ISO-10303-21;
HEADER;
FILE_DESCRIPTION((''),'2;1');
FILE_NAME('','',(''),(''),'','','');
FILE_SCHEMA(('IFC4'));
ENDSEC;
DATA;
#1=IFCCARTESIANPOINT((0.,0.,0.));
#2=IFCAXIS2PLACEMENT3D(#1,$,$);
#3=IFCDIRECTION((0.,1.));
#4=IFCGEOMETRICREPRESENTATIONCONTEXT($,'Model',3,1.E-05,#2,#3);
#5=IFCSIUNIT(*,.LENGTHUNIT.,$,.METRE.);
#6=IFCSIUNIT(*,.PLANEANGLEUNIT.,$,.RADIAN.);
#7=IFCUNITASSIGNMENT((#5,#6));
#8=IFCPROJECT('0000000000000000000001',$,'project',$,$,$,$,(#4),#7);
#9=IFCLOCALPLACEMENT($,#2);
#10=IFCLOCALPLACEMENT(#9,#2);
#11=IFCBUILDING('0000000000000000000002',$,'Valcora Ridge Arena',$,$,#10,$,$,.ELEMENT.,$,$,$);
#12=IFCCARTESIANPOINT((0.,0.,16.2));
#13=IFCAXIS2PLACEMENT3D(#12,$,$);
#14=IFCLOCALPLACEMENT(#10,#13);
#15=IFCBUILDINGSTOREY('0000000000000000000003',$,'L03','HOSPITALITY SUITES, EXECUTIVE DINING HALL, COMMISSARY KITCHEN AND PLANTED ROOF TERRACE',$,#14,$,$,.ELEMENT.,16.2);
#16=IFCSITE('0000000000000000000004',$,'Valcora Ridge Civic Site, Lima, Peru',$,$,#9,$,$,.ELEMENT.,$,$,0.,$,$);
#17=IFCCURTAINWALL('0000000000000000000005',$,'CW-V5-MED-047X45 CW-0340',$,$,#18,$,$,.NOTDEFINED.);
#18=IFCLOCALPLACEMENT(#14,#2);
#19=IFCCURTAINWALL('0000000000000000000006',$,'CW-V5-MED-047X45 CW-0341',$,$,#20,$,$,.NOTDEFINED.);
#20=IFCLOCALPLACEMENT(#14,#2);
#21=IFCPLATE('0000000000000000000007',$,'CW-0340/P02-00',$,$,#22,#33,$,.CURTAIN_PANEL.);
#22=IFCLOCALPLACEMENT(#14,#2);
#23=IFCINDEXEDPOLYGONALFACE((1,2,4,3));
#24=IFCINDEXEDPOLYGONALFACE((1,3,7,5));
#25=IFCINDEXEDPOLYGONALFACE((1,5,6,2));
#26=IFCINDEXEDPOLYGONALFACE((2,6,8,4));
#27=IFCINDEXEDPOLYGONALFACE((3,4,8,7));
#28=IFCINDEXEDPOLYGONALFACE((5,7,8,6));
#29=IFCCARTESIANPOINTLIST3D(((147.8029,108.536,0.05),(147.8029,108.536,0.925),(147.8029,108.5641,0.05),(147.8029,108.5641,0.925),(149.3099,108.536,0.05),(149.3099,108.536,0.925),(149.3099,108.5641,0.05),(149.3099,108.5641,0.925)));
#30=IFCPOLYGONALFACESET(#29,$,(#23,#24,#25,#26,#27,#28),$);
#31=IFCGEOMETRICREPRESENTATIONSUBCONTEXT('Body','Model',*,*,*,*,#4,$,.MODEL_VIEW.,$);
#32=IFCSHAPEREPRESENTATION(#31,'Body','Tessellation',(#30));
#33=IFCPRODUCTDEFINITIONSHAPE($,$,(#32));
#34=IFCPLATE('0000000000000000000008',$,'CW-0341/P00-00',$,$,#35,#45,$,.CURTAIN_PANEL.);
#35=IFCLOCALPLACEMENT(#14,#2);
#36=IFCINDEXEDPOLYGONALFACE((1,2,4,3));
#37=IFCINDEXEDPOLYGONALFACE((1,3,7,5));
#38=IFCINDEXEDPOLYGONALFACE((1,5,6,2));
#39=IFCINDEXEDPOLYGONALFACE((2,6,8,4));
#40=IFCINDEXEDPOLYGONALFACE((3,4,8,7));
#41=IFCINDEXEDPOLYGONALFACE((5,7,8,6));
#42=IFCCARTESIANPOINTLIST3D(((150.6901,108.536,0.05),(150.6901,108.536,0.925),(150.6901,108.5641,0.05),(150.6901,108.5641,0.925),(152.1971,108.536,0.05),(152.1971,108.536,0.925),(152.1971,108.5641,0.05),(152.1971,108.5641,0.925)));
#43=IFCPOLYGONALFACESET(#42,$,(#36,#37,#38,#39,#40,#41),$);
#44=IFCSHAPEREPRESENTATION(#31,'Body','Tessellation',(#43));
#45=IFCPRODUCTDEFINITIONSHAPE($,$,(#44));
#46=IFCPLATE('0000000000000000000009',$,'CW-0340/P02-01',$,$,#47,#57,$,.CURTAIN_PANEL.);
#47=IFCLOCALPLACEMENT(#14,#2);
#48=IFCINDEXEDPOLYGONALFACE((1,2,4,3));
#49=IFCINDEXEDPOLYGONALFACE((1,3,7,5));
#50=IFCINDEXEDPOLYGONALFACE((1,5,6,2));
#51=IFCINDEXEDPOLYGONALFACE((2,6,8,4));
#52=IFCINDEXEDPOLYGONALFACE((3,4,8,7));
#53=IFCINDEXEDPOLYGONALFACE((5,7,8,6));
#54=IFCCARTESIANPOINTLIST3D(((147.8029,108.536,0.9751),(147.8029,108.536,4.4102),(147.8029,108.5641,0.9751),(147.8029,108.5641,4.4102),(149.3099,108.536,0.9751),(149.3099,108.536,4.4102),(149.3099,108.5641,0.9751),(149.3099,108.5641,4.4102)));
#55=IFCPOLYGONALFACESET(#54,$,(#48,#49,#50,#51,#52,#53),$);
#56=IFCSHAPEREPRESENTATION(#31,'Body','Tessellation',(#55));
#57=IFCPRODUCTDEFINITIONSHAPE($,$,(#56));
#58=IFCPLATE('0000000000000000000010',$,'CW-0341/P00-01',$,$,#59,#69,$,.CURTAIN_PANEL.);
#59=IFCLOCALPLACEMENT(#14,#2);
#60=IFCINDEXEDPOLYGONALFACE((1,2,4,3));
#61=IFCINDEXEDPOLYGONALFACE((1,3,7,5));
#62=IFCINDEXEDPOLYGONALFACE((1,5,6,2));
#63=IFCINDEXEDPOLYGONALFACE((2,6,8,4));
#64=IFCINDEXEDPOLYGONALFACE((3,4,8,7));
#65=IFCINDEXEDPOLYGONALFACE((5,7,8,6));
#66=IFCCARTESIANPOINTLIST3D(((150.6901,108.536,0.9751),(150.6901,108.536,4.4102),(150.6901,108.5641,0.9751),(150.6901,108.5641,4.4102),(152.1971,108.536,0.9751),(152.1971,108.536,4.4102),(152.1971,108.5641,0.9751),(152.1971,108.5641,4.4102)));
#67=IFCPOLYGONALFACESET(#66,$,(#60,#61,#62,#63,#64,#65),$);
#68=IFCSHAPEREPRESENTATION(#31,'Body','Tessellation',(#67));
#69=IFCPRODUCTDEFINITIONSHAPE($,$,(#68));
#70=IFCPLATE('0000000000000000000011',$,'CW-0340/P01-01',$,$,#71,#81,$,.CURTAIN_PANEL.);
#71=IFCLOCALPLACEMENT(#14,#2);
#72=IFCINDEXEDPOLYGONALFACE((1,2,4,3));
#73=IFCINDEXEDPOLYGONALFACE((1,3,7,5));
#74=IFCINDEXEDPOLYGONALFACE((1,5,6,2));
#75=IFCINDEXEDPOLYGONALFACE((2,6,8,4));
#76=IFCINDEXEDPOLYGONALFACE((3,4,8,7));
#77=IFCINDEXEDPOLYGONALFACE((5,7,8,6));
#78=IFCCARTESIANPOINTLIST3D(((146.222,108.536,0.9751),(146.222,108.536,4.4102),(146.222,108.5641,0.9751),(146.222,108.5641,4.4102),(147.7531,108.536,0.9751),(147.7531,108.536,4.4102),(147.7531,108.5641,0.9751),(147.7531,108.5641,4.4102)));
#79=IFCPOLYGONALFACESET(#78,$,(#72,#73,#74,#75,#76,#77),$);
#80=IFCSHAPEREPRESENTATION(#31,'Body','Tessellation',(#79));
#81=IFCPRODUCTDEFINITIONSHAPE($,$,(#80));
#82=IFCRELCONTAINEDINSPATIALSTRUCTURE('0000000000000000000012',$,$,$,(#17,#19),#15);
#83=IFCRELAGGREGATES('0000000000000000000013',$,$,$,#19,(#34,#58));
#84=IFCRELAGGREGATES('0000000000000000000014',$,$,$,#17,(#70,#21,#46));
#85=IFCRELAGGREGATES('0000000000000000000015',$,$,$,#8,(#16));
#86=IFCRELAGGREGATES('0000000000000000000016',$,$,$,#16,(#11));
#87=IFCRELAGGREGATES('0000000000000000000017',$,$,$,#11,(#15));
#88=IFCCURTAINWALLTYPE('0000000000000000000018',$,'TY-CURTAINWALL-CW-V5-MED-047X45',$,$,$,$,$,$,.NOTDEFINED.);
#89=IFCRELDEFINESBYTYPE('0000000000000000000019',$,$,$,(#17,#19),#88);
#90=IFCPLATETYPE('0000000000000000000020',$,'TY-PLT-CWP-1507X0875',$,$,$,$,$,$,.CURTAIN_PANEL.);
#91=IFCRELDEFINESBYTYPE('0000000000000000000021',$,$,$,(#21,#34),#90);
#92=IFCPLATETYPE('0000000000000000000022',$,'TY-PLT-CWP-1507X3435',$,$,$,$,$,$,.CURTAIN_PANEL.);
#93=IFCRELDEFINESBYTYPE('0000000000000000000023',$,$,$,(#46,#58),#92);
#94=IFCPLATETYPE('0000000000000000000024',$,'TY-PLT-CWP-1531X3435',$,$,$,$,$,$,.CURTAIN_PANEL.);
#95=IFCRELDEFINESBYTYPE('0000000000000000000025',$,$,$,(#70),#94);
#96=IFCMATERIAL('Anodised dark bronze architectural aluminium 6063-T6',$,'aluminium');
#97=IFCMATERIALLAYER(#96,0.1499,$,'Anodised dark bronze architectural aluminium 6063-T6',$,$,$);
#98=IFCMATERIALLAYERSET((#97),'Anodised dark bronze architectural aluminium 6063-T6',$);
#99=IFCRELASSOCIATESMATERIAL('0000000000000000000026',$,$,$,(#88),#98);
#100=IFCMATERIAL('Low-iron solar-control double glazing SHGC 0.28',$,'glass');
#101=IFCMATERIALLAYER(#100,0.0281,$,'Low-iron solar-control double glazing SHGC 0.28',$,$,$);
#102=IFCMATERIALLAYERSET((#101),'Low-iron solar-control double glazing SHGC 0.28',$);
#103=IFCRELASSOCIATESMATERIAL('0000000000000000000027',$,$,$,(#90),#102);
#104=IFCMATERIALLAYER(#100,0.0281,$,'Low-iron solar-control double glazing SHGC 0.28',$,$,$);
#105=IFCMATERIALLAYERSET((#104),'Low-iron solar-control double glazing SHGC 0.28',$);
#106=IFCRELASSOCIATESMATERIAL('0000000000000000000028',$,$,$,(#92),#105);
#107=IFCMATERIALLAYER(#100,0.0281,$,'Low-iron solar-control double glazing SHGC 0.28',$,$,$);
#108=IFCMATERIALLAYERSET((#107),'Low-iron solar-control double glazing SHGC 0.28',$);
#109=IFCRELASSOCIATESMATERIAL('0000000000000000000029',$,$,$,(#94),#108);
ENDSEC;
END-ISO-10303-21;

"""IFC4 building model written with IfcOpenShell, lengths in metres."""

from ifc_helpers import new_model, si_unit, direction, frame, origin, origin_2d, place, context, subcontext, project, spatial, rectangle, extrude, material, layer, layer_set, type_object, element, aggregate, save


model = new_model("IFC4")

# Units and contexts
model_context = context("Model", 3, precision=1e-05, world=origin(), true_north=direction((0.0, 1.0)))
body_context = subcontext(model_context, "Body", "Model", "MODEL_VIEW")
ifc_project = project(units=[si_unit("LENGTHUNIT", "METRE"), si_unit("PLANEANGLEUNIT", "RADIAN")], contexts=[model_context])

# Site, building, storey
site_placement = place(None, origin())
site = spatial("IfcSite", under=ifc_project, at=site_placement, Name="Valcora Ridge Civic Site, Lima, Peru", CompositionType="ELEMENT", RefElevation=0.0)
building_placement = place(site_placement, origin())
building = spatial("IfcBuilding", under=site, at=building_placement, Name="Valcora Ridge Arena", CompositionType="ELEMENT")
storey_placement = place(building_placement, frame((0.0, 0.0, 16.2)))
storey = spatial("IfcBuildingStorey", under=building, at=storey_placement, Name="L03", Description="HOSPITALITY SUITES, EXECUTIVE DINING HALL, COMMISSARY KITCHEN AND PLANTED ROOF TERRACE", CompositionType="ELEMENT", Elevation=16.2)

# Curtain wall
ifc_material_1 = material(Name="Anodised dark bronze architectural aluminium 6063-T6", Category="aluminium")
ifc_layer_1 = layer(ifc_material_1, 0.1499, Name="Anodised dark bronze architectural aluminium 6063-T6")
ifc_layer_set_1 = layer_set([ifc_layer_1], Name="Anodised dark bronze architectural aluminium 6063-T6")
curtain_wall_type = type_object("IfcCurtainWallType", Name="TY-CURTAINWALL-CW-V5-MED-047X45", PredefinedType="NOTDEFINED", material=ifc_layer_set_1)
curtain_wall_1_placement = place(storey_placement, origin())
curtain_wall_1 = element("IfcCurtainWall", 1, at=curtain_wall_1_placement, inside=storey, type_object=curtain_wall_type, Name="CW-V5-MED-047X45 CW-0340", PredefinedType="NOTDEFINED")

# Curtain wall
curtain_wall_2_placement = place(storey_placement, origin())
curtain_wall_2 = element("IfcCurtainWall", 2, at=curtain_wall_2_placement, inside=storey, type_object=curtain_wall_type, Name="CW-V5-MED-047X45 CW-0341", PredefinedType="NOTDEFINED")

# Plates
ifc_material_2 = material(Name="Low-iron solar-control double glazing SHGC 0.28", Category="glass")
ifc_layer_2 = layer(ifc_material_2, 0.0281, Name="Low-iron solar-control double glazing SHGC 0.28")
ifc_layer_set_2 = layer_set([ifc_layer_2], Name="Low-iron solar-control double glazing SHGC 0.28")
plate_type_1 = type_object("IfcPlateType", Name="TY-PLT-CWP-1507X0875", PredefinedType="CURTAIN_PANEL", material=ifc_layer_set_2)
plate_1_placement = place(storey_placement, frame((148.5564, 108.55, 0.05), z_axis=(0.0, 0.0, 1.0), x_axis=(1.0, 0.0, 0.0)))
plate_1 = element("IfcPlate", 3, at=plate_1_placement, type_object=plate_type_1, Name="CW-0340/P02-00", PredefinedType="CURTAIN_PANEL", context=body_context, shape_type="SweptSolid", body=[
    extrude(rectangle(XDim=1.5071, YDim=0.0281, at=origin_2d()), origin(), (0.0, 0.0, 1.0), 0.875),
])
plate_2_placement = place(storey_placement, frame((151.4436, 108.55, 0.05), z_axis=(0.0, 0.0, 1.0), x_axis=(1.0, 0.0, 0.0)))
plate_2 = element("IfcPlate", 4, at=plate_2_placement, type_object=plate_type_1, Name="CW-0341/P00-00", PredefinedType="CURTAIN_PANEL", context=body_context, shape_type="SweptSolid", body=[
    extrude(rectangle(XDim=1.5071, YDim=0.0281, at=origin_2d()), origin(), (0.0, 0.0, 1.0), 0.875),
])
ifc_layer_3 = layer(ifc_material_2, 0.0281, Name="Low-iron solar-control double glazing SHGC 0.28")
ifc_layer_set_3 = layer_set([ifc_layer_3], Name="Low-iron solar-control double glazing SHGC 0.28")
plate_type_2 = type_object("IfcPlateType", Name="TY-PLT-CWP-1507X3435", PredefinedType="CURTAIN_PANEL", material=ifc_layer_set_3)
plate_3_placement = place(storey_placement, frame((148.5564, 108.55, 0.9751), z_axis=(0.0, 0.0, 1.0), x_axis=(1.0, 0.0, 0.0)))
plate_3 = element("IfcPlate", 5, at=plate_3_placement, type_object=plate_type_2, Name="CW-0340/P02-01", PredefinedType="CURTAIN_PANEL", context=body_context, shape_type="SweptSolid", body=[
    extrude(rectangle(XDim=1.5071, YDim=0.0281, at=origin_2d()), origin(), (0.0, 0.0, 1.0), 3.4351),
])
plate_4_placement = place(storey_placement, frame((151.4436, 108.55, 0.9751), z_axis=(0.0, 0.0, 1.0), x_axis=(1.0, 0.0, 0.0)))
plate_4 = element("IfcPlate", 6, at=plate_4_placement, type_object=plate_type_2, Name="CW-0341/P00-01", PredefinedType="CURTAIN_PANEL", context=body_context, shape_type="SweptSolid", body=[
    extrude(rectangle(XDim=1.5071, YDim=0.0281, at=origin_2d()), origin(), (0.0, 0.0, 1.0), 3.4351),
])
aggregate(curtain_wall_2, [plate_2, plate_4])
ifc_layer_4 = layer(ifc_material_2, 0.0281, Name="Low-iron solar-control double glazing SHGC 0.28")
ifc_layer_set_4 = layer_set([ifc_layer_4], Name="Low-iron solar-control double glazing SHGC 0.28")
plate_type_3 = type_object("IfcPlateType", Name="TY-PLT-CWP-1531X3435", PredefinedType="CURTAIN_PANEL", material=ifc_layer_set_4)
plate_5_placement = place(storey_placement, frame((146.9875, 108.55, 0.9751), z_axis=(0.0, 0.0, 1.0), x_axis=(1.0, 0.0, 0.0)))
plate_5 = element("IfcPlate", 7, at=plate_5_placement, type_object=plate_type_3, Name="CW-0340/P01-01", PredefinedType="CURTAIN_PANEL", context=body_context, shape_type="SweptSolid", body=[
    extrude(rectangle(XDim=1.531, YDim=0.0281, at=origin_2d()), origin(), (0.0, 0.0, 1.0), 3.4351),
])
aggregate(curtain_wall_1, [plate_5, plate_1, plate_3])

save(model, "model.ifc")
